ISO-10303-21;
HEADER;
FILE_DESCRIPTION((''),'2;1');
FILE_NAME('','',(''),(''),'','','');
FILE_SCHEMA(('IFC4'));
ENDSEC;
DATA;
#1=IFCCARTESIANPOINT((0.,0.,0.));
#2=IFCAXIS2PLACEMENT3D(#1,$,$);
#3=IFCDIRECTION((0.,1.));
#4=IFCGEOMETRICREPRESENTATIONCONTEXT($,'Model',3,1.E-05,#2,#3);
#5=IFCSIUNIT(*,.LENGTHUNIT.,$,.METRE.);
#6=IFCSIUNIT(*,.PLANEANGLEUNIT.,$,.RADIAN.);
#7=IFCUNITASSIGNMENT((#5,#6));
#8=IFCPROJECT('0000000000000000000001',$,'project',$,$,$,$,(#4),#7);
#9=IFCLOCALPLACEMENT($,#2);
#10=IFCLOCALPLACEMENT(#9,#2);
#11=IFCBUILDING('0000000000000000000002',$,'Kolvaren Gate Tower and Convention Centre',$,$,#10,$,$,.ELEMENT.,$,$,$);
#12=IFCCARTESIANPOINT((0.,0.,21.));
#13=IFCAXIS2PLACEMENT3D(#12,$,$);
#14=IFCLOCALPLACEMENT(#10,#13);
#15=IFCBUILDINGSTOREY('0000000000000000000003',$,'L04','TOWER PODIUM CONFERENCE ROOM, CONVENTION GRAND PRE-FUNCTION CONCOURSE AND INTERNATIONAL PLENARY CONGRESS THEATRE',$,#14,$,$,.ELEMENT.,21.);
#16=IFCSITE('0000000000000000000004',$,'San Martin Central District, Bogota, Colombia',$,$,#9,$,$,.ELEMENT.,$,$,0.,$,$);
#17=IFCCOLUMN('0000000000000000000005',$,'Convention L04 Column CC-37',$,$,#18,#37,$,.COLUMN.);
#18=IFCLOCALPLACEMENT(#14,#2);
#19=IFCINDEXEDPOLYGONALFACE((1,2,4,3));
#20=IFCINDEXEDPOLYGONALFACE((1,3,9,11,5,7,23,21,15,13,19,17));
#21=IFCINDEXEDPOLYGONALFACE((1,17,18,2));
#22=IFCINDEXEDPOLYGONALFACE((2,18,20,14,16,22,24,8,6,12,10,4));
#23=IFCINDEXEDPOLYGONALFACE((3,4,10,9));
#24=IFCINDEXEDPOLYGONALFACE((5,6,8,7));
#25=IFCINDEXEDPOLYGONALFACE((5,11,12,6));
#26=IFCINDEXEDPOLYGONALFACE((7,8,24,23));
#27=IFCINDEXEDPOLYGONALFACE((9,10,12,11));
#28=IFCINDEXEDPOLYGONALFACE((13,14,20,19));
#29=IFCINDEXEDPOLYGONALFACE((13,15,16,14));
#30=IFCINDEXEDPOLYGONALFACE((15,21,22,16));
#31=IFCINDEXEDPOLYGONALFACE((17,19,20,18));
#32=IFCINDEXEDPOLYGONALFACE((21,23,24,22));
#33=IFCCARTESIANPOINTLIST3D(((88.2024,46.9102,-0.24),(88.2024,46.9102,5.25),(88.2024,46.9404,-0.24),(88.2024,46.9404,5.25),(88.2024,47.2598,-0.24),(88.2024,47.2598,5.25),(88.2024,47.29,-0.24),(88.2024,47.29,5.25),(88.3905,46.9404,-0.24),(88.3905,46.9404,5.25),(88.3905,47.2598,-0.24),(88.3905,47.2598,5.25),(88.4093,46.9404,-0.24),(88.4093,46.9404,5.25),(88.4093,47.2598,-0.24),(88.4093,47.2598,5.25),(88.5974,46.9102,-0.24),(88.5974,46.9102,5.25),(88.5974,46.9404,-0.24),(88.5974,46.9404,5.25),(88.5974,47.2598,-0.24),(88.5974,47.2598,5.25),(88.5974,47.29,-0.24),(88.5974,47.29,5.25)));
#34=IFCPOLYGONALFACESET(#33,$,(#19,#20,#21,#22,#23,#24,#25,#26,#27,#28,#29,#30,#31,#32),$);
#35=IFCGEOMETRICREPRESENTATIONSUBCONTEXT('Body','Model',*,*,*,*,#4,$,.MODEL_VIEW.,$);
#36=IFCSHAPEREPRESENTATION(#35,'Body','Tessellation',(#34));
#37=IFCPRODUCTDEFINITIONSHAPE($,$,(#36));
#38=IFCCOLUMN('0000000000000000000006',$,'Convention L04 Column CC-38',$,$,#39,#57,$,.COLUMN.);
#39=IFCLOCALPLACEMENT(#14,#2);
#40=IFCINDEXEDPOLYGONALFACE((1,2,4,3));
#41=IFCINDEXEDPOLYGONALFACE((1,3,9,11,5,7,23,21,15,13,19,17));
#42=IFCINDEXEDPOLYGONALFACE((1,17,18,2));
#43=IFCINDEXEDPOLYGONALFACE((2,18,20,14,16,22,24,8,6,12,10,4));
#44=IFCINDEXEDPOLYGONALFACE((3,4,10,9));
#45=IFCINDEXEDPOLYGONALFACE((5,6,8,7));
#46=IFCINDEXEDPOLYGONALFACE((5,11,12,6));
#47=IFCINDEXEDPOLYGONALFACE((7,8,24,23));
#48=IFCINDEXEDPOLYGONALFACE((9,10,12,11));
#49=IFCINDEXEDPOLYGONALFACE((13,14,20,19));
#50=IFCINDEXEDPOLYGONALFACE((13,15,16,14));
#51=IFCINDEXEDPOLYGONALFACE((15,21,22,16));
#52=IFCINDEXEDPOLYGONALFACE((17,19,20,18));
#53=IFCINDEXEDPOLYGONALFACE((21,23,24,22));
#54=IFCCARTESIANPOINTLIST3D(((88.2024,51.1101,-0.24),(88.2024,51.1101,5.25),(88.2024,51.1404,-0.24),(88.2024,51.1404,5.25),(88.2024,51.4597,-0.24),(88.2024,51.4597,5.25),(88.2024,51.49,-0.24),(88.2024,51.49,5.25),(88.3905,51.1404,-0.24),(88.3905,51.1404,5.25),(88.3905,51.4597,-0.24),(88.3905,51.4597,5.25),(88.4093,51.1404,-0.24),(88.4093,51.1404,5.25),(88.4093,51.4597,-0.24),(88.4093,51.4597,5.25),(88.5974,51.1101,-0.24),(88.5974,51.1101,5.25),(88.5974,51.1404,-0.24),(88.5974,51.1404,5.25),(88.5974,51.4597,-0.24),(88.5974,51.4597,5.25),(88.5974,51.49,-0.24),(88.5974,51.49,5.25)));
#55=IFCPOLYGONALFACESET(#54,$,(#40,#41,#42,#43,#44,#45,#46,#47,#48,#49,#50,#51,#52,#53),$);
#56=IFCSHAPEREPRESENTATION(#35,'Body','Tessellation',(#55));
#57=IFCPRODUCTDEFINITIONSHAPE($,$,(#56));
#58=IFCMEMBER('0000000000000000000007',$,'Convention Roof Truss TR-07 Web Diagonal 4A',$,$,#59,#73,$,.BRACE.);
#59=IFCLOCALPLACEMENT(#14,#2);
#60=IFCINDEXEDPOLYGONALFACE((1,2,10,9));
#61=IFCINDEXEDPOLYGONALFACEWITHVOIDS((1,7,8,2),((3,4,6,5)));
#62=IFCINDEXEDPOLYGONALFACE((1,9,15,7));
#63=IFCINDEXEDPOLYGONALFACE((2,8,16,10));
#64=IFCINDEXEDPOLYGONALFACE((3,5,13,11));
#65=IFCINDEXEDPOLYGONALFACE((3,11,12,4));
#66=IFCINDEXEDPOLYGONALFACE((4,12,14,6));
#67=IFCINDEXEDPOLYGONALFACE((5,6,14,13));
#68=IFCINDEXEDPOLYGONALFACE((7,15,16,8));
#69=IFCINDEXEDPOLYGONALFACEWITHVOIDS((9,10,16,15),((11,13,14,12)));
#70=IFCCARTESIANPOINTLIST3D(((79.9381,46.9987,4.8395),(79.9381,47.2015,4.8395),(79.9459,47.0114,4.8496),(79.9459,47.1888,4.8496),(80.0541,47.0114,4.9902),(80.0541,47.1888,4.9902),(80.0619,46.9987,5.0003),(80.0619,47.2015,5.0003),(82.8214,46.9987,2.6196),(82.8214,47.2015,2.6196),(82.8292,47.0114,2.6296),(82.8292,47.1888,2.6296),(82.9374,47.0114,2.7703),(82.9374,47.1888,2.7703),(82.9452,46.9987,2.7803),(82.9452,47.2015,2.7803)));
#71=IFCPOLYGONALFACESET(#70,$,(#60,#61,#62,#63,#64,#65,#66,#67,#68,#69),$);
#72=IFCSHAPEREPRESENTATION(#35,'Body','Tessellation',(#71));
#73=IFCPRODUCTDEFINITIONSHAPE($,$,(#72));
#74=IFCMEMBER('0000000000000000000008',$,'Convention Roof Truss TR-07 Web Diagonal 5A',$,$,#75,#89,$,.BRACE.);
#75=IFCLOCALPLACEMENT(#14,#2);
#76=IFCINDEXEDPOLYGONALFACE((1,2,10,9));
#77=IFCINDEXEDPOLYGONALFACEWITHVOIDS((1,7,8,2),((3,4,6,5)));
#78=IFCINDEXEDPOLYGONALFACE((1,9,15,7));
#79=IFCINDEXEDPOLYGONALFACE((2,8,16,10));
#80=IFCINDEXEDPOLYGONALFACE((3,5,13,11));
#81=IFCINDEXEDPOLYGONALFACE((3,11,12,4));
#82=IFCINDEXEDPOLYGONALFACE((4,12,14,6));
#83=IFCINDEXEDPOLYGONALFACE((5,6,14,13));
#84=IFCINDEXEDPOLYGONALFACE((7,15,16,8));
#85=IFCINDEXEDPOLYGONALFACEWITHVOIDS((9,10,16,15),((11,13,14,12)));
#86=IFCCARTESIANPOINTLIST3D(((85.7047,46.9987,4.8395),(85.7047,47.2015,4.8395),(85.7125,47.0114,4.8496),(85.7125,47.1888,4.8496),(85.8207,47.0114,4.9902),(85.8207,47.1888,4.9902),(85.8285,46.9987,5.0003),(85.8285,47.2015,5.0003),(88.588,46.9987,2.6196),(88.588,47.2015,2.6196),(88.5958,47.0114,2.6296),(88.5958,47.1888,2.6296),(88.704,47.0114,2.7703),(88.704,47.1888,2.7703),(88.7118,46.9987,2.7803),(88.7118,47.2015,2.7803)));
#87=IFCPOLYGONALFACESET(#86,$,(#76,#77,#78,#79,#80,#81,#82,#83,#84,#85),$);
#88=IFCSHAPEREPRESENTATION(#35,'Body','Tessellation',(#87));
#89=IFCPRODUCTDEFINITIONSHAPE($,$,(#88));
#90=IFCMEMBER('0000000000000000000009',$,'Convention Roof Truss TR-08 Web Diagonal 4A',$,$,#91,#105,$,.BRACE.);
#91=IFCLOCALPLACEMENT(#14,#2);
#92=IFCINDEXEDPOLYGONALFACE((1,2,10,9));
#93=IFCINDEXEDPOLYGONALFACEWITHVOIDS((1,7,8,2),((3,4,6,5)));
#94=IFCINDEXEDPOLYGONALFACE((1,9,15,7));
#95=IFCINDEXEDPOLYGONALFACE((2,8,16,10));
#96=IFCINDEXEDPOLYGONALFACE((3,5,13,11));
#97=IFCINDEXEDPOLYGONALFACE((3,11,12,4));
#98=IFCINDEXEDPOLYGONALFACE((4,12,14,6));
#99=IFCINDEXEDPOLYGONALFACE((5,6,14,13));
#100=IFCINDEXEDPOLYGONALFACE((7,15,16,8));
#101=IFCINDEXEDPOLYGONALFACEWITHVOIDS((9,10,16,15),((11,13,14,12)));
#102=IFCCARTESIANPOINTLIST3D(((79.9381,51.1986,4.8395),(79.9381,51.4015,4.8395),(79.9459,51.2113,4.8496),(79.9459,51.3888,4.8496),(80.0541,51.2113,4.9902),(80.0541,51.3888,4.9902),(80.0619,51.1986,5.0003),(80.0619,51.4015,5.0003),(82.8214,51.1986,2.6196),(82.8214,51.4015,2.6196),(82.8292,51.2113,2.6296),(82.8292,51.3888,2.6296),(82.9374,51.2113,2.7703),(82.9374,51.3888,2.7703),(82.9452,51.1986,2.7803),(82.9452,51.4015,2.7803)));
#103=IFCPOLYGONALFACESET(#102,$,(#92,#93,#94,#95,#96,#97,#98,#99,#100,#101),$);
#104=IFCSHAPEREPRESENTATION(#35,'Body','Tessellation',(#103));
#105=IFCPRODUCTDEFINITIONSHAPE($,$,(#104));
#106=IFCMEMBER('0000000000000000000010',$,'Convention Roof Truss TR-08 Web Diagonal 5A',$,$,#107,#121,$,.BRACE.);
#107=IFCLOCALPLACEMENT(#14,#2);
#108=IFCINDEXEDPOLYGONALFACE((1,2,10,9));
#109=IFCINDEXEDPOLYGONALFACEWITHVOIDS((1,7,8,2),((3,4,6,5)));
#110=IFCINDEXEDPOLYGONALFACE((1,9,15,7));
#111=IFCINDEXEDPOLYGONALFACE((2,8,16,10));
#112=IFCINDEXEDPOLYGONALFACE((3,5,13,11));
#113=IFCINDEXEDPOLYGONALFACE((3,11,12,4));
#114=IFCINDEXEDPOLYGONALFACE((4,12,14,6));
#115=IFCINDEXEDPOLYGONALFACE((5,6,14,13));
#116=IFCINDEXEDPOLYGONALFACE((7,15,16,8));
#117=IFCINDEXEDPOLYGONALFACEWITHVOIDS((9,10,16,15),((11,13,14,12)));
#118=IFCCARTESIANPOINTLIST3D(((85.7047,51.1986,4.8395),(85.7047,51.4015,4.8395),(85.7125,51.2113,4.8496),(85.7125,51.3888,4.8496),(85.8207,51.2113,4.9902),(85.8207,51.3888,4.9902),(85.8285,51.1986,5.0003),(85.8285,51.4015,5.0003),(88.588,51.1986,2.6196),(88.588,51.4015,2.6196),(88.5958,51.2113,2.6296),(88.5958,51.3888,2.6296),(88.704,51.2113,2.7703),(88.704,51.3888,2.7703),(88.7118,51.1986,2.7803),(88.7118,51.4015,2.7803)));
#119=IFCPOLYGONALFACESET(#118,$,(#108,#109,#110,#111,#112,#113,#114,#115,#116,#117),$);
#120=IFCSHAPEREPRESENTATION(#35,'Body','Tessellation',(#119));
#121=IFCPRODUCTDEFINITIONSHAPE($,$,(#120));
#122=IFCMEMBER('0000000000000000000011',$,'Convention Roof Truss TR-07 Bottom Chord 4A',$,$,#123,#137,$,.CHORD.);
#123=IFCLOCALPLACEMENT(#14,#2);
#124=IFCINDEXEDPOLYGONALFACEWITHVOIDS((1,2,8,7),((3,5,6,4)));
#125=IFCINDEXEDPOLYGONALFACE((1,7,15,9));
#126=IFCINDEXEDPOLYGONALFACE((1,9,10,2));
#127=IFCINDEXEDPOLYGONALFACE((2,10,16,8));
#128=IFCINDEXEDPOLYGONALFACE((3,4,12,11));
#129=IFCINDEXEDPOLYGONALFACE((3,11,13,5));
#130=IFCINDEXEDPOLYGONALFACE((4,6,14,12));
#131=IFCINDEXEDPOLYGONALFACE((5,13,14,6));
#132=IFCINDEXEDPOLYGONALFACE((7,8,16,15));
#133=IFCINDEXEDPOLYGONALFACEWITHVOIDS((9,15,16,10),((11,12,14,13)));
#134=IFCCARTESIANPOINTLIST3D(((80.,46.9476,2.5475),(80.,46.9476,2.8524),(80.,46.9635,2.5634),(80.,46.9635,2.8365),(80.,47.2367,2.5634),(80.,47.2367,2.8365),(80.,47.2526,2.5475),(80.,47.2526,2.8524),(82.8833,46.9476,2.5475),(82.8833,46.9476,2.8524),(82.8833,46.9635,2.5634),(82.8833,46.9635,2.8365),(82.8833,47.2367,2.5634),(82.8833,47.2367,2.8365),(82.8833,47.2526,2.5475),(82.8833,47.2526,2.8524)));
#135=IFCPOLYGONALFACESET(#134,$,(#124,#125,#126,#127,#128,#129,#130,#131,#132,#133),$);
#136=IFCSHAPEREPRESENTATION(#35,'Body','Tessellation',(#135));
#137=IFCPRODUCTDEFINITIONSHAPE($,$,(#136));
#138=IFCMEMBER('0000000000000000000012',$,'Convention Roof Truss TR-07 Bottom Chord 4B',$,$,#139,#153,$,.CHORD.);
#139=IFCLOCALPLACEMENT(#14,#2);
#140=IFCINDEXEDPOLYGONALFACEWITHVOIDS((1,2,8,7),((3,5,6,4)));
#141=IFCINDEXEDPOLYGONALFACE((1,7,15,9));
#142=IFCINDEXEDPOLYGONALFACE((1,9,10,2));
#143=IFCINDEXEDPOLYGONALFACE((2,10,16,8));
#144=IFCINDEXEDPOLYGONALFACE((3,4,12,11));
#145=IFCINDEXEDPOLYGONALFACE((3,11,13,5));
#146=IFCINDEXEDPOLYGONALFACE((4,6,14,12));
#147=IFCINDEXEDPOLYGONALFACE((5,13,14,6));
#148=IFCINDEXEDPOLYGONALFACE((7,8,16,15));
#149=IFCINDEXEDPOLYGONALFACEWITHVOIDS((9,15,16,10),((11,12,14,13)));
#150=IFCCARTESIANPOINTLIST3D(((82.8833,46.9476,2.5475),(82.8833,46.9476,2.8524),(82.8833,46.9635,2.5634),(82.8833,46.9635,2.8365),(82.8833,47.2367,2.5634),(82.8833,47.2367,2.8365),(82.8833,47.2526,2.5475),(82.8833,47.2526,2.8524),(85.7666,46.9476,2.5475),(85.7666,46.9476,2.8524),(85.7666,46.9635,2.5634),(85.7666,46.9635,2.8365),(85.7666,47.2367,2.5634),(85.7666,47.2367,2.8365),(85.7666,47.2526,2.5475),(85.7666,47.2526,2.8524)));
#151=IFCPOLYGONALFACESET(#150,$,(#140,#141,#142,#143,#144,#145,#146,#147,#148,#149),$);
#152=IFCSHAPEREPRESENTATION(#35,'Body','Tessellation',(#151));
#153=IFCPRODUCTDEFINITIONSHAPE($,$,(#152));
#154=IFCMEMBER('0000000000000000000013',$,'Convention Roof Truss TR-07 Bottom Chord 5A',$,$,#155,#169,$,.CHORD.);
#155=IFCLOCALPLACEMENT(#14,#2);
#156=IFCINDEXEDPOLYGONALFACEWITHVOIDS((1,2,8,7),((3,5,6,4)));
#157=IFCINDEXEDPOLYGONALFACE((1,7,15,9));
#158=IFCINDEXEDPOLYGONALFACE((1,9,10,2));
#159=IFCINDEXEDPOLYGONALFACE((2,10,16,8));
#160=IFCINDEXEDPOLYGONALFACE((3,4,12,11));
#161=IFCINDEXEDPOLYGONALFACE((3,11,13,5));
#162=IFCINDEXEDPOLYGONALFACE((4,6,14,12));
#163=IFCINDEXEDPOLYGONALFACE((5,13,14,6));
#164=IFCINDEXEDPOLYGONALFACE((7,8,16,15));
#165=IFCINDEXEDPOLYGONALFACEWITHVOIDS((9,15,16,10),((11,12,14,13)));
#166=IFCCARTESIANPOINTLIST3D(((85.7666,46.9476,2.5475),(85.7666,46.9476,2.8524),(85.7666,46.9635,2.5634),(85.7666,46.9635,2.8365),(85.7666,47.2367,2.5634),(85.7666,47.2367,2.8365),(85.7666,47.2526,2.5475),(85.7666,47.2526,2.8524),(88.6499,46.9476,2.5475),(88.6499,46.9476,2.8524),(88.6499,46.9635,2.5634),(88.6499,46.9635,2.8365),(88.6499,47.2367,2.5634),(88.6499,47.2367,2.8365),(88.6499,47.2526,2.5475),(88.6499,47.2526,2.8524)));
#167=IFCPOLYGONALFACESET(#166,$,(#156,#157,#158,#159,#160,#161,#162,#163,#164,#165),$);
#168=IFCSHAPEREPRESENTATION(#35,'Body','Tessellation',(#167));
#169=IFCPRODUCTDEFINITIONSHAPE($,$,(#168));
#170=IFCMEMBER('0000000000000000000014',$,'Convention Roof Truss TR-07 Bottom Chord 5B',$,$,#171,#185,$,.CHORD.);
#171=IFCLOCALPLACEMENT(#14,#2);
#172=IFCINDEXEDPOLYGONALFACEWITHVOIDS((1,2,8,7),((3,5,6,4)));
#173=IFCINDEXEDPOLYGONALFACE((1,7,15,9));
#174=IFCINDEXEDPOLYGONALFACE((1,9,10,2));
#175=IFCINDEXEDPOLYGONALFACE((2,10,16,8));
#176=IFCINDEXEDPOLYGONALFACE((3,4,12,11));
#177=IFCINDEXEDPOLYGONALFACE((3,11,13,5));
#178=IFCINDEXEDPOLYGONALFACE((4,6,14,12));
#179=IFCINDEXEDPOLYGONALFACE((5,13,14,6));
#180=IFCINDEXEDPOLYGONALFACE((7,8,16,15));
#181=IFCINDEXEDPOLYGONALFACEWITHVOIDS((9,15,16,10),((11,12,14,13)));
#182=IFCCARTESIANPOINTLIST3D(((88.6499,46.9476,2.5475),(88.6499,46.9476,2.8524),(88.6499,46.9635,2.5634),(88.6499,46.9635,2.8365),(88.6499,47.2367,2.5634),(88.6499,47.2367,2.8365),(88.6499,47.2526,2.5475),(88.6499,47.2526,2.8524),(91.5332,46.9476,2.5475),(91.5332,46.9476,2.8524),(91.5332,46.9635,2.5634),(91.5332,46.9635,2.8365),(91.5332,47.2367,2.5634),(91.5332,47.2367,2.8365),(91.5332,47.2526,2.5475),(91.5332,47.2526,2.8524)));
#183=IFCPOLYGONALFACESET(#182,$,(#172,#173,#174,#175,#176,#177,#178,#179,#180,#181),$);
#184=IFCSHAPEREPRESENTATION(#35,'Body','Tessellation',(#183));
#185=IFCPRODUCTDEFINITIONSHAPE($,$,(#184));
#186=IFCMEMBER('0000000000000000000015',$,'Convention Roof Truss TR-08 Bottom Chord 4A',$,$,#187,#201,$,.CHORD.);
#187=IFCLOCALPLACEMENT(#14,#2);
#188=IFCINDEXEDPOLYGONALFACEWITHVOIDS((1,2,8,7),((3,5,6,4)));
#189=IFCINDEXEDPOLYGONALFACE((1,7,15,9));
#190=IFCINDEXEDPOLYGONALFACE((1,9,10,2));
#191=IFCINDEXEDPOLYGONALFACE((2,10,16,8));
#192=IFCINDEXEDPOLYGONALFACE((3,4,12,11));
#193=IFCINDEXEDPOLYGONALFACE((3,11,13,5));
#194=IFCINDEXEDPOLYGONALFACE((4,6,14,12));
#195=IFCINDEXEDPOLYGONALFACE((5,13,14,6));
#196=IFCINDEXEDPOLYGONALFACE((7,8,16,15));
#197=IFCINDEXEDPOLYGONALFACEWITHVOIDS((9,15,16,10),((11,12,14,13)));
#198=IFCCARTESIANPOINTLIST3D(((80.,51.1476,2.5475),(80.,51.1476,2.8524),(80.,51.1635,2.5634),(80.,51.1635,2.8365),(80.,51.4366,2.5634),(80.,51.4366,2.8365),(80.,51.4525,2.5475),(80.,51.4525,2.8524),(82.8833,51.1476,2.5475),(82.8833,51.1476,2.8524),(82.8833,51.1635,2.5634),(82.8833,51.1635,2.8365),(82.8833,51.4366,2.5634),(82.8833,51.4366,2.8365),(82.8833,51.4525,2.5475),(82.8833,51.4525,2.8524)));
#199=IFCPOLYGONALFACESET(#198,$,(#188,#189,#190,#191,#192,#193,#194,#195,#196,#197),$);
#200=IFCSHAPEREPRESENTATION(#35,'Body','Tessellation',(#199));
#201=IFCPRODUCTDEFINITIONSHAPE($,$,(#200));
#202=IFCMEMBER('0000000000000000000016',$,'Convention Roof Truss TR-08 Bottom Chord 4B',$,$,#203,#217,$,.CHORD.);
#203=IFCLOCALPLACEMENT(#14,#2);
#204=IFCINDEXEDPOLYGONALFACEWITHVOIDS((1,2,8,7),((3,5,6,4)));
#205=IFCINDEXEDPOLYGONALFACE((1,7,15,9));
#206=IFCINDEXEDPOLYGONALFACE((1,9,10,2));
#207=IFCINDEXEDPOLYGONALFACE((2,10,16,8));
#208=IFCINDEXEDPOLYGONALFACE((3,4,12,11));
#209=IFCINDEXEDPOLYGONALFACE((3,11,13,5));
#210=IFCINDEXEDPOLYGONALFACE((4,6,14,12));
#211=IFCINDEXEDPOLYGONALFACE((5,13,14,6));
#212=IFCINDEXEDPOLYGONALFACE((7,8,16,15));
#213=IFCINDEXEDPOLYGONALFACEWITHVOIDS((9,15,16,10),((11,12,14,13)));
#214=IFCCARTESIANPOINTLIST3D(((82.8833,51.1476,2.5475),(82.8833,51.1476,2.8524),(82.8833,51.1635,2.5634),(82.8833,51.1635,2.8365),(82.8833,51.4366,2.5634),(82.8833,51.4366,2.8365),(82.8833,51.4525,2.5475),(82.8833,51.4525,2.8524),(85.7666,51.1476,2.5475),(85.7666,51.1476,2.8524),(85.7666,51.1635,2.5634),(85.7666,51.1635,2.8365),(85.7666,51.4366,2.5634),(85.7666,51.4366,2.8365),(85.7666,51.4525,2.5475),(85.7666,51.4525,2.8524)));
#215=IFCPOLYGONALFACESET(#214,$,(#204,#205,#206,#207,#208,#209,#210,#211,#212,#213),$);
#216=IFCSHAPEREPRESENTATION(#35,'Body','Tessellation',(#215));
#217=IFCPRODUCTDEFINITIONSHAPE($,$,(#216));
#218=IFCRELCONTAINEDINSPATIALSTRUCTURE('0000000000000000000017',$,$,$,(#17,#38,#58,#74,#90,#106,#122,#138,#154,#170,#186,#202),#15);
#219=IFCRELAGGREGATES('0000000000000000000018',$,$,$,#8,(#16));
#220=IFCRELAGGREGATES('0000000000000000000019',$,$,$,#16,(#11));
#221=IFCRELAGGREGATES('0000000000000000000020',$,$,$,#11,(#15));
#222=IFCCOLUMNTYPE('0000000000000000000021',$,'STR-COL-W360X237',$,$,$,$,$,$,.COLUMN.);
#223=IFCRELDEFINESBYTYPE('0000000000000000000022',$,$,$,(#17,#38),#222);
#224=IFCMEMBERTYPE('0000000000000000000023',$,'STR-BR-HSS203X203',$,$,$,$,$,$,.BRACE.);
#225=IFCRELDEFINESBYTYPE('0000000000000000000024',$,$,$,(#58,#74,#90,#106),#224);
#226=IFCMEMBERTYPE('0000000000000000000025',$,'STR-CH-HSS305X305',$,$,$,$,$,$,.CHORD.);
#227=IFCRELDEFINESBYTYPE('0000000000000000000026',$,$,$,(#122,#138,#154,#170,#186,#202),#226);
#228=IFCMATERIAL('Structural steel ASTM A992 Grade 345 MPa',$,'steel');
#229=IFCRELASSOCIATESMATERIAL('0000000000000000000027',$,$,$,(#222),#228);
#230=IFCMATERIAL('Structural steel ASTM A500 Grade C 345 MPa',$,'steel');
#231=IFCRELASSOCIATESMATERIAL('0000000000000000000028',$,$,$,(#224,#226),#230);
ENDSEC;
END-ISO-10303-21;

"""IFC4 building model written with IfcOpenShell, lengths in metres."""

from ifc_helpers import new_model, si_unit, direction, frame, origin, origin_2d, place, context, subcontext, project, spatial, hollow_rectangle, i_section, extrude, material, material_profile, profile_set, type_object, element, save


model = new_model("IFC4")

# Units and contexts
model_context = context("Model", 3, precision=1e-05, world=origin(), true_north=direction((0.0, 1.0)))
body_context = subcontext(model_context, "Body", "Model", "MODEL_VIEW")
ifc_project = project(units=[si_unit("LENGTHUNIT", "METRE"), si_unit("PLANEANGLEUNIT", "RADIAN")], contexts=[model_context])

# Site, building, storey
site_placement = place(None, origin())
site = spatial("IfcSite", under=ifc_project, at=site_placement, Name="San Martin Central District, Bogota, Colombia", CompositionType="ELEMENT", RefElevation=0.0)
building_placement = place(site_placement, origin())
building = spatial("IfcBuilding", under=site, at=building_placement, Name="Kolvaren Gate Tower and Convention Centre", CompositionType="ELEMENT")
storey_placement = place(building_placement, frame((0.0, 0.0, 21.0)))
storey = spatial("IfcBuildingStorey", under=building, at=storey_placement, Name="L04", Description="TOWER PODIUM CONFERENCE ROOM, CONVENTION GRAND PRE-FUNCTION CONCOURSE AND INTERNATIONAL PLENARY CONGRESS THEATRE", CompositionType="ELEMENT", Elevation=21.0)

# Columns
ifc_material_1 = material(Name="Structural steel ASTM A992 Grade 345 MPa", Category="steel")
ifc_material_profile_1 = material_profile(ifc_material_1, i_section(OverallWidth=0.395, OverallDepth=0.3799, WebThickness=0.0188, FlangeThickness=0.0303, at=origin_2d()), Name="W360X237")
ifc_profile_set_1 = profile_set([ifc_material_profile_1], Name="Structural steel ASTM A992 Grade 345 MPa")
column_type = type_object("IfcColumnType", Name="STR-COL-W360X237", PredefinedType="COLUMN", material=ifc_profile_set_1)
for number, where, z_axis, x_axis, name in (
    (1, (88.3999, 47.1001, -0.24), (0.0, 0.0, 1.0), (1.0, 0.0, 0.0), "Convention L04 Column CC-37"),
    (2, (88.3999, 51.3, -0.24), (0.0, 0.0, 1.0), (1.0, 0.0, 0.0), "Convention L04 Column CC-38"),
):
    element("IfcColumn", number, at=place(storey_placement, frame(where, z_axis=z_axis, x_axis=x_axis)), inside=storey, type_object=column_type, Name=name, PredefinedType="COLUMN", context=body_context, shape_type="SweptSolid", body=[
        extrude(i_section(OverallWidth=0.395, OverallDepth=0.3799, WebThickness=0.0188, FlangeThickness=0.0303, at=origin_2d()), origin(), (0.0, 0.0, 1.0), 5.49),
    ])

# Members
ifc_material_2 = material(Name="Structural steel ASTM A500 Grade C 345 MPa", Category="steel")
ifc_material_profile_2 = material_profile(ifc_material_2, hollow_rectangle(XDim=0.2029, YDim=0.2029, WallThickness=0.0127, at=origin_2d()), Name="HSS203X203X12.7")
ifc_profile_set_2 = profile_set([ifc_material_profile_2], Name="Structural steel ASTM A500 Grade C 345 MPa")
member_type_1 = type_object("IfcMemberType", Name="STR-BR-HSS203X203", PredefinedType="BRACE", material=ifc_profile_set_2)
for number, where, z_axis, x_axis, name in (
    (3, (80.0, 47.1001, 4.9199), (0.792352, 0.0, -0.610064), (0.0, 1.0, 0.0), "Convention Roof Truss TR-07 Web Diagonal 4A"),
    (4, (85.7666, 47.1001, 4.9199), (0.792352, 0.0, -0.610064), (0.0, 1.0, 0.0), "Convention Roof Truss TR-07 Web Diagonal 5A"),
    (5, (80.0, 51.3, 4.9199), (0.792352, 0.0, -0.610064), (0.0, 1.0, 0.0), "Convention Roof Truss TR-08 Web Diagonal 4A"),
    (6, (85.7666, 51.3, 4.9199), (0.792352, 0.0, -0.610064), (0.0, 1.0, 0.0), "Convention Roof Truss TR-08 Web Diagonal 5A"),
):
    element("IfcMember", number, at=place(storey_placement, frame(where, z_axis=z_axis, x_axis=x_axis)), inside=storey, type_object=member_type_1, Name=name, PredefinedType="BRACE", context=body_context, shape_type="SweptSolid", body=[
        extrude(hollow_rectangle(XDim=0.2029, YDim=0.2029, WallThickness=0.0127, at=origin_2d()), origin(), (0.0, 0.0, 1.0), 3.6389),
    ])
ifc_material_profile_3 = material_profile(ifc_material_2, hollow_rectangle(XDim=0.3049, YDim=0.3049, WallThickness=0.0159, at=origin_2d()), Name="HSS305X305X15.9")
ifc_profile_set_3 = profile_set([ifc_material_profile_3], Name="Structural steel ASTM A500 Grade C 345 MPa")
member_type_2 = type_object("IfcMemberType", Name="STR-CH-HSS305X305", PredefinedType="CHORD", material=ifc_profile_set_3)
for number, where, z_axis, x_axis, name in (
    (7, (80.0, 47.1001, 2.7), (1.0, 0.0, 0.0), (0.0, 1.0, 0.0), "Convention Roof Truss TR-07 Bottom Chord 4A"),
    (8, (82.8833, 47.1001, 2.7), (1.0, 0.0, 0.0), (0.0, 1.0, 0.0), "Convention Roof Truss TR-07 Bottom Chord 4B"),
    (9, (85.7666, 47.1001, 2.7), (1.0, 0.0, 0.0), (0.0, 1.0, 0.0), "Convention Roof Truss TR-07 Bottom Chord 5A"),
    (10, (88.6499, 47.1001, 2.7), (1.0, 0.0, 0.0), (0.0, 1.0, 0.0), "Convention Roof Truss TR-07 Bottom Chord 5B"),
    (11, (80.0, 51.3, 2.7), (1.0, 0.0, 0.0), (0.0, 1.0, 0.0), "Convention Roof Truss TR-08 Bottom Chord 4A"),
    (12, (82.8833, 51.3, 2.7), (1.0, 0.0, 0.0), (0.0, 1.0, 0.0), "Convention Roof Truss TR-08 Bottom Chord 4B"),
):
    element("IfcMember", number, at=place(storey_placement, frame(where, z_axis=z_axis, x_axis=x_axis)), inside=storey, type_object=member_type_2, Name=name, PredefinedType="CHORD", context=body_context, shape_type="SweptSolid", body=[
        extrude(hollow_rectangle(XDim=0.3049, YDim=0.3049, WallThickness=0.0159, at=origin_2d()), origin(), (0.0, 0.0, 1.0), 2.8833),
    ])

save(model, "model.ifc")
